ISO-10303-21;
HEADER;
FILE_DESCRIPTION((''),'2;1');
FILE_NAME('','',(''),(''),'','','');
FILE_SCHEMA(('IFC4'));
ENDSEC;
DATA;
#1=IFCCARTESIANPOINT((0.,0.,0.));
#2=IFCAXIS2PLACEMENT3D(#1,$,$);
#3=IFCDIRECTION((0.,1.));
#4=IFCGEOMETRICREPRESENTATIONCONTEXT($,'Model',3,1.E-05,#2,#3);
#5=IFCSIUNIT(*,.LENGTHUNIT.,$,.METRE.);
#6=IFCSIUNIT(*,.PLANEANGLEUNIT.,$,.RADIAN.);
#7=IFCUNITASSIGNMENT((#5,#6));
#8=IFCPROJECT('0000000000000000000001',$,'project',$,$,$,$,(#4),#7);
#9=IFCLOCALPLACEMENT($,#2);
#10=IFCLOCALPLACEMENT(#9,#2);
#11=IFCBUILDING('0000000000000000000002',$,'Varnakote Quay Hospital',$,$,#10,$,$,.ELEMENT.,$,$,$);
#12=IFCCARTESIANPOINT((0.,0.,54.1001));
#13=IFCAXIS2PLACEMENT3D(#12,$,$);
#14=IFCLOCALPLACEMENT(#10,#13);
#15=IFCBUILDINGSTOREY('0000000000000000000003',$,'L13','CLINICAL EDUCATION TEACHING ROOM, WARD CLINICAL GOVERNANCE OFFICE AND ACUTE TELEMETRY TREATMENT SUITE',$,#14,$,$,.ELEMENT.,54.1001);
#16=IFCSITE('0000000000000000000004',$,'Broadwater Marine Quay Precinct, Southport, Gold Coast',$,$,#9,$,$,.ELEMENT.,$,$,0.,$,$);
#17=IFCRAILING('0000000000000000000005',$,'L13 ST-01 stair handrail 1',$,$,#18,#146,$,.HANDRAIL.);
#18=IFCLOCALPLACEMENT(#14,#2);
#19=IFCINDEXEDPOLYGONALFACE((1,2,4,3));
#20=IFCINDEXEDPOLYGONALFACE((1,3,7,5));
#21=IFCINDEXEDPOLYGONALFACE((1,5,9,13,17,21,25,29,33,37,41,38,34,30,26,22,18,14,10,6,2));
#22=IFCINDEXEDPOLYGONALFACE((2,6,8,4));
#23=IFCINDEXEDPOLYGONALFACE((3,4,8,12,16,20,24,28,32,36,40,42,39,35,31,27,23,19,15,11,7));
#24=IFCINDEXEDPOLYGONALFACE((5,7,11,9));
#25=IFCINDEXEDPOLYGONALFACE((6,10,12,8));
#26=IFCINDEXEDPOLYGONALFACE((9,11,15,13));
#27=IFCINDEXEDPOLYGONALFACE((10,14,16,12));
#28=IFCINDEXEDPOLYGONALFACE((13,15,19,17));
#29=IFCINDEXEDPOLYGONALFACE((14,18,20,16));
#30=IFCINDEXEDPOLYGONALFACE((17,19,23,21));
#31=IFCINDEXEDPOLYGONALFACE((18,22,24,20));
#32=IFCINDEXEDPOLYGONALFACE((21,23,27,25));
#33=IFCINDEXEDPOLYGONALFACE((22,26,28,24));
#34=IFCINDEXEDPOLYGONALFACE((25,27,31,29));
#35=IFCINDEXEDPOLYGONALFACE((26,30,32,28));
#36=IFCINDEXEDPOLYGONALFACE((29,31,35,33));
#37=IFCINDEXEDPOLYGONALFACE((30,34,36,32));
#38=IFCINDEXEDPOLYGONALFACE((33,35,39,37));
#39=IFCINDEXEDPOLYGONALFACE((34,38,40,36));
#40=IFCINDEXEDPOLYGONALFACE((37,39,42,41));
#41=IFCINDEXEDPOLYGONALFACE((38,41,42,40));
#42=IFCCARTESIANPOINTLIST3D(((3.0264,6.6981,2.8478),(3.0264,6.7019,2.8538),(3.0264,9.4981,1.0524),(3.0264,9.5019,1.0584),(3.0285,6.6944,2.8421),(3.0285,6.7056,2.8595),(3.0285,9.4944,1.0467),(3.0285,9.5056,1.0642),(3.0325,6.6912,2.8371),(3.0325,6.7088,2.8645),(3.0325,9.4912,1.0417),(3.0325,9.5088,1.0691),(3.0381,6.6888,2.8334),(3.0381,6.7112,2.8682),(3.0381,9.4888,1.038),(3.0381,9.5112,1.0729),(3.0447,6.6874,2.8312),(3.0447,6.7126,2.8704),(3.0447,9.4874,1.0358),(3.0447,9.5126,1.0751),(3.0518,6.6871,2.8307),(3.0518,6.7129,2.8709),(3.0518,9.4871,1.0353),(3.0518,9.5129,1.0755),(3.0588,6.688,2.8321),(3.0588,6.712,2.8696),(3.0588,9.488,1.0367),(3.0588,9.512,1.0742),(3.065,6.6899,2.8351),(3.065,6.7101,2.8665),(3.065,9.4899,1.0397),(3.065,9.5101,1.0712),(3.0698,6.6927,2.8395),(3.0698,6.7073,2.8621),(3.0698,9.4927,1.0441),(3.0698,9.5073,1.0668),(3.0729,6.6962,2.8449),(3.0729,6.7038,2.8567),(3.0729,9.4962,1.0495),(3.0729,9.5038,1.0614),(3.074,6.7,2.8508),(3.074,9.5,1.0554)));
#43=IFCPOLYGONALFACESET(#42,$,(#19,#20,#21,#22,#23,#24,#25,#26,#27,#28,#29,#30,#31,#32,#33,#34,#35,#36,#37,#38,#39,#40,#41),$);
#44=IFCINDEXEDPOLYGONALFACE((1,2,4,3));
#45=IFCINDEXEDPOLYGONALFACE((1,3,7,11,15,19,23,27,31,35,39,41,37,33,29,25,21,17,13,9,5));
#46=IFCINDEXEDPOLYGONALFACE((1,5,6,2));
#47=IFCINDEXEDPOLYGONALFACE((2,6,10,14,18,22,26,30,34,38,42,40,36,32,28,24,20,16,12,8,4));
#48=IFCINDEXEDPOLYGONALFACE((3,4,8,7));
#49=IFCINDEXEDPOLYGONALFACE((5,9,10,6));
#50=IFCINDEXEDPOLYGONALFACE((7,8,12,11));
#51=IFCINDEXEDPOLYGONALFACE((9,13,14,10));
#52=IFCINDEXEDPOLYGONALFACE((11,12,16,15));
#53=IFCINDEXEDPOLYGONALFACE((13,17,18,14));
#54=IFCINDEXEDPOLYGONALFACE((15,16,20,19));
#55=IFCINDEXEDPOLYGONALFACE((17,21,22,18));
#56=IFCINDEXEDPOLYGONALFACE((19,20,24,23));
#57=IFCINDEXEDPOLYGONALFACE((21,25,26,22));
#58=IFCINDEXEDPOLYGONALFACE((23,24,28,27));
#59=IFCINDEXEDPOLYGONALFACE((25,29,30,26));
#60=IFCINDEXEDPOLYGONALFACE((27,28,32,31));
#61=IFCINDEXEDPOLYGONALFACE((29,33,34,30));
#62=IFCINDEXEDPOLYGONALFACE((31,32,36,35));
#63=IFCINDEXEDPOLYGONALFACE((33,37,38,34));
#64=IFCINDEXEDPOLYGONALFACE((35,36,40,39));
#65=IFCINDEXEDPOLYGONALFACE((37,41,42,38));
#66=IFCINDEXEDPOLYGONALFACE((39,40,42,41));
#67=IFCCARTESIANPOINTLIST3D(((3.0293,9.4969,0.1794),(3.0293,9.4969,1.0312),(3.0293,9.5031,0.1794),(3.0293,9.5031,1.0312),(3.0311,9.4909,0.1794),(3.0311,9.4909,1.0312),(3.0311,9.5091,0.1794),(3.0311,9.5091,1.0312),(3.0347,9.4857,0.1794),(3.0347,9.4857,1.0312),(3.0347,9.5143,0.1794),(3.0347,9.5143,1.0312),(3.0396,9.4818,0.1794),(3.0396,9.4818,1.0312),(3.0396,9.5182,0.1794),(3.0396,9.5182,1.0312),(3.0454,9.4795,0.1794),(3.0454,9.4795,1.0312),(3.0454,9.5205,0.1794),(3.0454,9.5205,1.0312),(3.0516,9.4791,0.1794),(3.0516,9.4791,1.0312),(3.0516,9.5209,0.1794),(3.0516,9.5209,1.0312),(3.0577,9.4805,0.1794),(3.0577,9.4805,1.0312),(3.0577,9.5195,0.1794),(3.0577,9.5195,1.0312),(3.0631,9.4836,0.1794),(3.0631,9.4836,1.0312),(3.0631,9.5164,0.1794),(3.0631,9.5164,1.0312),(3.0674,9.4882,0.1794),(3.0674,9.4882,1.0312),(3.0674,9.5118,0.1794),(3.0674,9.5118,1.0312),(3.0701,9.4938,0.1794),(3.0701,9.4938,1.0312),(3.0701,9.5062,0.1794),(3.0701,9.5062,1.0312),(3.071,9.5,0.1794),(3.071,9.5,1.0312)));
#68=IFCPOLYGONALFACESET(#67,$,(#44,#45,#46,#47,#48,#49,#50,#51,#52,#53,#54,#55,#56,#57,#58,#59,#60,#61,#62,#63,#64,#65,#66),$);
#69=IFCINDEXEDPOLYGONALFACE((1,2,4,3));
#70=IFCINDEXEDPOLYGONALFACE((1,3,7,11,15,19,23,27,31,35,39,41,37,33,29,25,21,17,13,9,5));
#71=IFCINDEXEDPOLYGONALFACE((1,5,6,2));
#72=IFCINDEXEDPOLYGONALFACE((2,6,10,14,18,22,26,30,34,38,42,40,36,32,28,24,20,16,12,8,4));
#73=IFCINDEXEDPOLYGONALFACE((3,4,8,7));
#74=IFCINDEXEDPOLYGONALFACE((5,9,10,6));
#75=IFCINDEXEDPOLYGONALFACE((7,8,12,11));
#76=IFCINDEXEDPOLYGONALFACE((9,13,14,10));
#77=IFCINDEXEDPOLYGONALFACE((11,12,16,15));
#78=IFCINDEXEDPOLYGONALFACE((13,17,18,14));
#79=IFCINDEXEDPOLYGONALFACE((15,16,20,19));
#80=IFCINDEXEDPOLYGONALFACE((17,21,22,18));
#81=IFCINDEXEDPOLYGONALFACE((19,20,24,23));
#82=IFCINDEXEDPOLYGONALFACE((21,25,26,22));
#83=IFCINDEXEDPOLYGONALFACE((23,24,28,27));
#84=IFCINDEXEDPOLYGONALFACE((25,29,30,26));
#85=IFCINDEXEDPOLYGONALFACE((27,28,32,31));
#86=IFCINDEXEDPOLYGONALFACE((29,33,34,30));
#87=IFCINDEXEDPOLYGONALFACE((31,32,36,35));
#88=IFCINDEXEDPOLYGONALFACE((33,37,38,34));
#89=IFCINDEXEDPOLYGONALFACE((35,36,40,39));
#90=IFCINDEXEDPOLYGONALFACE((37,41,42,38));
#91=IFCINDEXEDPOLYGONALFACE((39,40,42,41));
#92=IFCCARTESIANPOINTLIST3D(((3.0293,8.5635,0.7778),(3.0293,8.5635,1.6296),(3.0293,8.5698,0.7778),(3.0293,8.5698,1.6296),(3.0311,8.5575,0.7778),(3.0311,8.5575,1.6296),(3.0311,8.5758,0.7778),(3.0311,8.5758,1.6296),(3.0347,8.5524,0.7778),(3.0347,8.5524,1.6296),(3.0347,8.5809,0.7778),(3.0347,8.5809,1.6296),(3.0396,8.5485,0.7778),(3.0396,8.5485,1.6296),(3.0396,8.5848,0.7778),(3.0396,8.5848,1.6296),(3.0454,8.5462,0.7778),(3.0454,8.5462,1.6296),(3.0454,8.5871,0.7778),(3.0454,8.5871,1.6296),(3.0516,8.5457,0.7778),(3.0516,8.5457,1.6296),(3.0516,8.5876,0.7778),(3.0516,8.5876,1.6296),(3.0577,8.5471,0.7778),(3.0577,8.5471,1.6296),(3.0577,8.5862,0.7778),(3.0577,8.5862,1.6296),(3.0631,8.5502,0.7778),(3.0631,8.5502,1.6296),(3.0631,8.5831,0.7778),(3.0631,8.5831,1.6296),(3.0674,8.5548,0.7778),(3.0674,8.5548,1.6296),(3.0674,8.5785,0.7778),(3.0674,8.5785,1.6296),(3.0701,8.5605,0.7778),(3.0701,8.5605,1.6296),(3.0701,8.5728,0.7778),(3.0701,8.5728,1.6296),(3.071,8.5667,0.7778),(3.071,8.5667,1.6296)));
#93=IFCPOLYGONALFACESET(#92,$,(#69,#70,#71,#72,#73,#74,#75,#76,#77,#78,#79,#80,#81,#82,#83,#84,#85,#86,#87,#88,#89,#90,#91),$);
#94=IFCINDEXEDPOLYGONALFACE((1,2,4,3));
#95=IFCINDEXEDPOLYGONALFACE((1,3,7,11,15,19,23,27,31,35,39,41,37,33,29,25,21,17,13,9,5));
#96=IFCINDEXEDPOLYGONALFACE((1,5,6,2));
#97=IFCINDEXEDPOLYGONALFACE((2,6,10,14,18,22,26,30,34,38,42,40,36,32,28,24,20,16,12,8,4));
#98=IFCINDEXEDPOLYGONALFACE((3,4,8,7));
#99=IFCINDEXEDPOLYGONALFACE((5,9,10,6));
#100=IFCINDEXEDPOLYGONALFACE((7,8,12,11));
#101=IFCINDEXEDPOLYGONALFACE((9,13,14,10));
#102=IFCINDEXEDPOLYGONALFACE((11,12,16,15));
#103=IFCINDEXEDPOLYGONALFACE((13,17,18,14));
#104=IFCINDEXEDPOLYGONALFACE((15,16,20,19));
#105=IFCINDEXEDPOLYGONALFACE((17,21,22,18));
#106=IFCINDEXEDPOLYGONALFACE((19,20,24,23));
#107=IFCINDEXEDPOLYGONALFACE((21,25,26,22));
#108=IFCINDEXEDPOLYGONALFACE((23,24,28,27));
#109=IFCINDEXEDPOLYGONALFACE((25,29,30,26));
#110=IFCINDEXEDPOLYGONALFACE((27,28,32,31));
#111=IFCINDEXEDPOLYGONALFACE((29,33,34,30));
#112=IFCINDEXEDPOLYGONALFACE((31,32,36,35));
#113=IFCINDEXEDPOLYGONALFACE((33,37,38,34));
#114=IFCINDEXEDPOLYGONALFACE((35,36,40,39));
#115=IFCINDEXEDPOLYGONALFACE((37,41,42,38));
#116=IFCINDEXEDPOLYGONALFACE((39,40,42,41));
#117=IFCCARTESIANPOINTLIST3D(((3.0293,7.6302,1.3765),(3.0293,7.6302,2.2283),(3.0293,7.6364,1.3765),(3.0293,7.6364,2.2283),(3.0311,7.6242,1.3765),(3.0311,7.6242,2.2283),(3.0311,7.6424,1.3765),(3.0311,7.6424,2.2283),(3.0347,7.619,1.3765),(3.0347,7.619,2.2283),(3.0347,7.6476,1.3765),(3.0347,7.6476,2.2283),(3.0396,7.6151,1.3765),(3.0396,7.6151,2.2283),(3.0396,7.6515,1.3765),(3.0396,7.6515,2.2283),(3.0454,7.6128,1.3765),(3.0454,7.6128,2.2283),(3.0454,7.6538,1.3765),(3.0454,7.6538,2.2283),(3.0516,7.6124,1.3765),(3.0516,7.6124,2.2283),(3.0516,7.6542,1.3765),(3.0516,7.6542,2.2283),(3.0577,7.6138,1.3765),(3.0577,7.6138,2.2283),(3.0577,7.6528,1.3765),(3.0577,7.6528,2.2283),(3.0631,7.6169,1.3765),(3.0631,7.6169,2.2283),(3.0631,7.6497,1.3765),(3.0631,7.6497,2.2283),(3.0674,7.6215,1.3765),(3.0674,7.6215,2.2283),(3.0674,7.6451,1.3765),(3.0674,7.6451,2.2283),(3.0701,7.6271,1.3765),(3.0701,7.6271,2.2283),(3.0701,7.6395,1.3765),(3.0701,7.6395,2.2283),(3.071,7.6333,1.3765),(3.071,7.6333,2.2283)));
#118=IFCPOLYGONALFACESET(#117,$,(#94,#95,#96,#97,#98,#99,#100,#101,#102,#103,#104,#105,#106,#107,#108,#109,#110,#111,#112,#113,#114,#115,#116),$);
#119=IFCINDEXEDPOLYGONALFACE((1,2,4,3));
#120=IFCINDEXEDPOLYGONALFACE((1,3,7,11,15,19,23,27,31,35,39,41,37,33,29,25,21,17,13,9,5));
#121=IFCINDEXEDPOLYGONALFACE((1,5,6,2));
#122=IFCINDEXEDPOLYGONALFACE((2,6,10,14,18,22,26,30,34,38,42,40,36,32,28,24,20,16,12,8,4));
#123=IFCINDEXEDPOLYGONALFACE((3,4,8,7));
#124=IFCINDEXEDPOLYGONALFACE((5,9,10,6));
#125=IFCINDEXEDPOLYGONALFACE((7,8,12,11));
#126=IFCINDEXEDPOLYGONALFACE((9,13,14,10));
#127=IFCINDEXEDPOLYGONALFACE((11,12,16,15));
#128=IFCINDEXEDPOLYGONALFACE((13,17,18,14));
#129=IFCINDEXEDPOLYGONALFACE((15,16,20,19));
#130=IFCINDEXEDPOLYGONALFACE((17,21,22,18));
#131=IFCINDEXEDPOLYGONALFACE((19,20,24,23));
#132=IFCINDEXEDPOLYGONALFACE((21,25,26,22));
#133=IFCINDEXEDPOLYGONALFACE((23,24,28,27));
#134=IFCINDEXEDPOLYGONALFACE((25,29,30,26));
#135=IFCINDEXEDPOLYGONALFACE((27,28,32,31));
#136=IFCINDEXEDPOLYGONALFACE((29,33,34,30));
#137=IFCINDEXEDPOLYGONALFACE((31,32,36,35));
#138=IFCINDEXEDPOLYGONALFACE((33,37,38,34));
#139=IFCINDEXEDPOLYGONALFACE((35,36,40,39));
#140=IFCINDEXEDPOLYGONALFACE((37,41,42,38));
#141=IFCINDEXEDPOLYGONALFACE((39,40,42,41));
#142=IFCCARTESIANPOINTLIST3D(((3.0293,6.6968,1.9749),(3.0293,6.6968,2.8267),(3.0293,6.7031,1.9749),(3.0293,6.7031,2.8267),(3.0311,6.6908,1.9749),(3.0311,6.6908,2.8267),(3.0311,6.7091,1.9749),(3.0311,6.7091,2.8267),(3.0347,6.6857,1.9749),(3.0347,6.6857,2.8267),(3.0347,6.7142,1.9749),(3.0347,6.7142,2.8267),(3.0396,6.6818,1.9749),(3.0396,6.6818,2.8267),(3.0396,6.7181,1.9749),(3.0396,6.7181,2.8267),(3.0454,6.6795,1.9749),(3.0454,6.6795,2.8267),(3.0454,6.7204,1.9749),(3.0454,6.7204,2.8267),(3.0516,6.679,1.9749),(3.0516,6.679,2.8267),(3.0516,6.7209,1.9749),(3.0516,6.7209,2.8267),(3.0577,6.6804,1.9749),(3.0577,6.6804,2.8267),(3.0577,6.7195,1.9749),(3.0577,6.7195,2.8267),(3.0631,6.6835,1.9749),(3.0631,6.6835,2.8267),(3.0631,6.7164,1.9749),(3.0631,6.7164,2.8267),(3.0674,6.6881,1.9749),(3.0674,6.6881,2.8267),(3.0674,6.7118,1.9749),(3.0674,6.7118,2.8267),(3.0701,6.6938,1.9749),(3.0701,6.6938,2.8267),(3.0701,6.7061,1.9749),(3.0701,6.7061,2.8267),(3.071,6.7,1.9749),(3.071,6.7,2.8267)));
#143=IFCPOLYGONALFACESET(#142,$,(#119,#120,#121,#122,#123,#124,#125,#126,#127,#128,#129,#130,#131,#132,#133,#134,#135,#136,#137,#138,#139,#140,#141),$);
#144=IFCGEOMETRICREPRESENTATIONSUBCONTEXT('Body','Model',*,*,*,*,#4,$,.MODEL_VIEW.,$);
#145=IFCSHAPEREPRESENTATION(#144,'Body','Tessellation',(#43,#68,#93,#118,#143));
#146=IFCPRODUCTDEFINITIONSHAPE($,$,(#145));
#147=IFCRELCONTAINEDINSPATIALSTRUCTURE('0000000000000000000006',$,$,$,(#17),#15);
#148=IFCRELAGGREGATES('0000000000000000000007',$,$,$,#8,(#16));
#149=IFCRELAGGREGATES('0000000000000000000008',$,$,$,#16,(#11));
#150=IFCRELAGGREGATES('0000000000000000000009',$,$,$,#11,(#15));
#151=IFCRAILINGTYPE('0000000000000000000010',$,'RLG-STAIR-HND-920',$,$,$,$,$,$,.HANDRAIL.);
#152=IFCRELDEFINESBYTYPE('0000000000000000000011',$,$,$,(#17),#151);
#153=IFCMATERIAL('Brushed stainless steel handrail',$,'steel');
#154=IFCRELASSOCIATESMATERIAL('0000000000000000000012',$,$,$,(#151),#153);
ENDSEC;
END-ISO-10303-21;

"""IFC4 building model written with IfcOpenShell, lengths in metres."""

from ifc_helpers import new_model, si_unit, direction, frame, origin, origin_2d, place, context, subcontext, project, spatial, circle, extrude, material, type_object, element, save


model = new_model("IFC4")

# Units and contexts
model_context = context("Model", 3, precision=1e-05, world=origin(), true_north=direction((0.0, 1.0)))
body_context = subcontext(model_context, "Body", "Model", "MODEL_VIEW")
ifc_project = project(units=[si_unit("LENGTHUNIT", "METRE"), si_unit("PLANEANGLEUNIT", "RADIAN")], contexts=[model_context])

# Site, building, storey
site_placement = place(None, origin())
site = spatial("IfcSite", under=ifc_project, at=site_placement, Name="Broadwater Marine Quay Precinct, Southport, Gold Coast", CompositionType="ELEMENT", RefElevation=0.0)
building_placement = place(site_placement, origin())
building = spatial("IfcBuilding", under=site, at=building_placement, Name="Varnakote Quay Hospital", CompositionType="ELEMENT")
storey_placement = place(building_placement, frame((0.0, 0.0, 54.1001)))
storey = spatial("IfcBuildingStorey", under=building, at=storey_placement, Name="L13", Description="CLINICAL EDUCATION TEACHING ROOM, WARD CLINICAL GOVERNANCE OFFICE AND ACUTE TELEMETRY TREATMENT SUITE", CompositionType="ELEMENT", Elevation=54.1001)

# Railing
ifc_material_1 = material(Name="Brushed stainless steel handrail", Category="steel")
railing_type_1 = type_object("IfcRailingType", Name="RLG-STAIR-HND-920", PredefinedType="HANDRAIL", material=ifc_material_1)
railing_1_placement = place(storey_placement, frame((3.05, 9.5, 0.1794)))
element("IfcRailing", 1, at=railing_1_placement, inside=storey, type_object=railing_type_1, Name="L13 ST-01 stair handrail 1", PredefinedType="HANDRAIL", context=body_context, shape_type="SweptSolid", body=[
    extrude(circle(Radius=0.0239, at=origin_2d()), frame((0.0, 0.0, 0.876), z_axis=(0.0, -0.84181, 0.539774), x_axis=(1.0, 0.0, 0.0)), (0.0, 0.0, 1.0), 3.3262),
    extrude(circle(Radius=0.021, at=origin_2d()), origin(), (0.0, 0.0, 1.0), 0.8518),
    extrude(circle(Radius=0.021, at=origin_2d()), frame((0.0, -0.9333, 0.5984)), (0.0, 0.0, 1.0), 0.8518),
    extrude(circle(Radius=0.021, at=origin_2d()), frame((0.0, -1.8667, 1.197)), (0.0, 0.0, 1.0), 0.8518),
    extrude(circle(Radius=0.021, at=origin_2d()), frame((0.0, -2.8, 1.7954)), (0.0, 0.0, 1.0), 0.8518),
])

save(model, "model.ifc")
